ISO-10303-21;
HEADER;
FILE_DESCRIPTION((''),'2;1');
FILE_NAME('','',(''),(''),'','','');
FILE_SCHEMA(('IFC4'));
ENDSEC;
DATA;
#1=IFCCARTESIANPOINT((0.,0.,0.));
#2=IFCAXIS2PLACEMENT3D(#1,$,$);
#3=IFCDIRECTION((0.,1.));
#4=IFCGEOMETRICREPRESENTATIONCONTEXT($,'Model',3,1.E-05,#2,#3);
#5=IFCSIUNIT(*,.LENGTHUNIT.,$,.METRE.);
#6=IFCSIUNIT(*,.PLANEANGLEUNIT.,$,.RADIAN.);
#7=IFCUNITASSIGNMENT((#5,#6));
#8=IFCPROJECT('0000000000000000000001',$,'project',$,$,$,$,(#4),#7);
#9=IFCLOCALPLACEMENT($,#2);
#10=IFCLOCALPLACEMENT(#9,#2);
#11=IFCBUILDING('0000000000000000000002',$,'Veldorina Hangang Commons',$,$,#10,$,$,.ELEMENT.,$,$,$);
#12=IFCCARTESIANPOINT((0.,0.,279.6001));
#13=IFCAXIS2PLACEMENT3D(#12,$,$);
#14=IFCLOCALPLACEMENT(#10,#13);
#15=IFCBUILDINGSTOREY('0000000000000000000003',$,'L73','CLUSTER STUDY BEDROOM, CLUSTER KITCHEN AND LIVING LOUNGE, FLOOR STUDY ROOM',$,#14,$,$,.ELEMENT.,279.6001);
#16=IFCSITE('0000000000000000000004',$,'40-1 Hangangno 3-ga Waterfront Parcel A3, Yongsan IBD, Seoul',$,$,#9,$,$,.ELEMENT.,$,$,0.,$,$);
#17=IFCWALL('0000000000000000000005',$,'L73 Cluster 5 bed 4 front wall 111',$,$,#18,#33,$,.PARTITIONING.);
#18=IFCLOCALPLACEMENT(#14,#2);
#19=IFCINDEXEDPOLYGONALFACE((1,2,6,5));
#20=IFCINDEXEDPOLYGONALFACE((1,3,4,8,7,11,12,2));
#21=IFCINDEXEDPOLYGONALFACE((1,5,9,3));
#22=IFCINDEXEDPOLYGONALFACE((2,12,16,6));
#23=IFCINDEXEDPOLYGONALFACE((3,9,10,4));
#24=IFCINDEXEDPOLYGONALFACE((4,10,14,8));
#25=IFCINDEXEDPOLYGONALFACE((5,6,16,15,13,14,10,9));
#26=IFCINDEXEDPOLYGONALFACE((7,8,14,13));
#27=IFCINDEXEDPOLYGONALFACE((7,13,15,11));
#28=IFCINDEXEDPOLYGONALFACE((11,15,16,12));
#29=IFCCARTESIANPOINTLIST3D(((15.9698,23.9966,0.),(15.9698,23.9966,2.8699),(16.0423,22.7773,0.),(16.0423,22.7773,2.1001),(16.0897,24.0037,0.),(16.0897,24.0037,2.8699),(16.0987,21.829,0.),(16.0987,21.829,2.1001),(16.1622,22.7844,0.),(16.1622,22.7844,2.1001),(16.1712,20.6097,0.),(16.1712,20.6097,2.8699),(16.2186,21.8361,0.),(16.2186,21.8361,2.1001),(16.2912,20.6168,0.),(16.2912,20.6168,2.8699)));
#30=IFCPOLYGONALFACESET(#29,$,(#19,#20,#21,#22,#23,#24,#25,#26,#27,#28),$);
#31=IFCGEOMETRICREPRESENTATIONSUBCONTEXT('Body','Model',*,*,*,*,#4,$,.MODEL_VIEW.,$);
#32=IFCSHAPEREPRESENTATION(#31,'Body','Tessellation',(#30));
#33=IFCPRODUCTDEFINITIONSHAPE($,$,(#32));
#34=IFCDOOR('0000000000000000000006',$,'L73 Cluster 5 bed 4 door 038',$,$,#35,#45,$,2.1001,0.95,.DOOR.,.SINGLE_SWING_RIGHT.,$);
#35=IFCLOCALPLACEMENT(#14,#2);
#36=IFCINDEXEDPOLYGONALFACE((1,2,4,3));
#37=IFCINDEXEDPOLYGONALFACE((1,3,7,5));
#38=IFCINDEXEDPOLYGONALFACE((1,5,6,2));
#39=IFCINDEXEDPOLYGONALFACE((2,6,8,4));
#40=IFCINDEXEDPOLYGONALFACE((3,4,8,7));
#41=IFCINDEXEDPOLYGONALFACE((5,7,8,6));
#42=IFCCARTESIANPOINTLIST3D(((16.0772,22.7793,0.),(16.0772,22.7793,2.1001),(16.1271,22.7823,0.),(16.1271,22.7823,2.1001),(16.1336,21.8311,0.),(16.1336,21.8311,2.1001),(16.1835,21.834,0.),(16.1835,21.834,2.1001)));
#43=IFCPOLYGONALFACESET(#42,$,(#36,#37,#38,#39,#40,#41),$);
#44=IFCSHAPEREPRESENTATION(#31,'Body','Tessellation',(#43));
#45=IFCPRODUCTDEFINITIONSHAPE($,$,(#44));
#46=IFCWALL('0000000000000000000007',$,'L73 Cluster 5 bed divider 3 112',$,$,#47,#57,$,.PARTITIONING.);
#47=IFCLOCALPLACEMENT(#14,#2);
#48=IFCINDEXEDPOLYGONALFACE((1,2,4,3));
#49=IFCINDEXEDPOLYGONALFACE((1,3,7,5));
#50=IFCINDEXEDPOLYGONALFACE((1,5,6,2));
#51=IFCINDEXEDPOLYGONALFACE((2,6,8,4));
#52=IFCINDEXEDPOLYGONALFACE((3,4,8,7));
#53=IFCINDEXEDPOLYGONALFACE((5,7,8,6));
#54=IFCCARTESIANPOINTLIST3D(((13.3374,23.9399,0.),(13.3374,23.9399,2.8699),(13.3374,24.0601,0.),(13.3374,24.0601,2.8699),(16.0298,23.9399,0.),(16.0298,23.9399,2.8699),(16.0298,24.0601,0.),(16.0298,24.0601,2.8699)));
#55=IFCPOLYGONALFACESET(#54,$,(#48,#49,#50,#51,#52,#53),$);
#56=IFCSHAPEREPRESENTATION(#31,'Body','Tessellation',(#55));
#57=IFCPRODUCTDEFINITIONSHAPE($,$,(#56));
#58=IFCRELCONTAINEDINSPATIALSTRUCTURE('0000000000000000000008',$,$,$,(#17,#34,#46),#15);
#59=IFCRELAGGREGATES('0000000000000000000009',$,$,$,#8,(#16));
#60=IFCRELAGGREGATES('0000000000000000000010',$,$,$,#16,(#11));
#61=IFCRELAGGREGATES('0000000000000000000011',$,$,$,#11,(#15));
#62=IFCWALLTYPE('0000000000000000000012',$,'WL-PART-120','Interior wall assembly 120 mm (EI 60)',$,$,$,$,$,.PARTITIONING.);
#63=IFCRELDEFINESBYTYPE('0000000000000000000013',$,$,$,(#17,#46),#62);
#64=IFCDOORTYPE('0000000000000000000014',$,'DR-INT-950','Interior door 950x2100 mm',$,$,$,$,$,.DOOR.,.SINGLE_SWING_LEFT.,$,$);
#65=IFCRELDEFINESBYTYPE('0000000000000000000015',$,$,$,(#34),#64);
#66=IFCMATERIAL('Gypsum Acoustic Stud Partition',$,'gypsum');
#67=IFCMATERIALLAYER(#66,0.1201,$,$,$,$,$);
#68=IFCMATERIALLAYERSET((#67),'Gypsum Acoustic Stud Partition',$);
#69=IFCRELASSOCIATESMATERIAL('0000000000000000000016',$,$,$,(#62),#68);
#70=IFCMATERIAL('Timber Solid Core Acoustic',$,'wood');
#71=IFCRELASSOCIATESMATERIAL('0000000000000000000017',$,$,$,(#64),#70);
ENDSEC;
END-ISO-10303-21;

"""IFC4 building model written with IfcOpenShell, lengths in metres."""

from ifc_helpers import new_model, si_unit, direction, frame, frame_2d, origin, place, context, subcontext, project, spatial, rectangle, extrude, material, layer, layer_set, type_object, element, fill, save


model = new_model("IFC4")

# Units and contexts
model_context = context("Model", 3, precision=1e-05, world=origin(), true_north=direction((0.0, 1.0)))
body_context = subcontext(model_context, "Body", "Model", "MODEL_VIEW")
ifc_project = project(units=[si_unit("LENGTHUNIT", "METRE"), si_unit("PLANEANGLEUNIT", "RADIAN")], contexts=[model_context])

# Site, building, storey
site_placement = place(None, origin())
site = spatial("IfcSite", under=ifc_project, at=site_placement, Name="40-1 Hangangno 3-ga Waterfront Parcel A3, Yongsan IBD, Seoul", CompositionType="ELEMENT", RefElevation=0.0)
building_placement = place(site_placement, origin())
building = spatial("IfcBuilding", under=site, at=building_placement, Name="Veldorina Hangang Commons", CompositionType="ELEMENT")
storey_placement = place(building_placement, frame((0.0, 0.0, 279.6001)))
storey = spatial("IfcBuildingStorey", under=building, at=storey_placement, Name="L73", Description="CLUSTER STUDY BEDROOM, CLUSTER KITCHEN AND LIVING LOUNGE, FLOOR STUDY ROOM", CompositionType="ELEMENT", Elevation=279.6001)

# Shared definitions
ifc_material_1 = material(Name="Gypsum Acoustic Stud Partition", Category="gypsum")
ifc_layer_1 = layer(ifc_material_1, 0.1201)
ifc_layer_set_1 = layer_set([ifc_layer_1], Name="Gypsum Acoustic Stud Partition")
wall_type_1 = type_object("IfcWallType", Name="WL-PART-120", Description="Interior wall assembly 120 mm (EI 60)", PredefinedType="PARTITIONING", material=ifc_layer_set_1)
ifc_material_2 = material(Name="Timber Solid Core Acoustic", Category="wood")
door_type = type_object("IfcDoorType", Name="DR-INT-950", Description="Interior door 950x2100 mm", OperationType="SINGLE_SWING_LEFT", PredefinedType="DOOR", material=ifc_material_2)

# Wall, opening, door
wall_1_placement = place(storey_placement, frame((16.0298, 24.0, 0.0), z_axis=(0.0, 0.0, 1.0), x_axis=(0.059367, -0.998236, 0.0)))
wall_1 = element("IfcWall", 1, at=wall_1_placement, inside=storey, type_object=wall_type_1, Name="L73 Cluster 5 bed 4 front wall 111", PredefinedType="PARTITIONING", context=body_context, shape_type="SweptSolid", body=[
    extrude(rectangle(XDim=3.3928, YDim=0.1201, at=frame_2d((1.6963, 0.0))), origin(), (0.0, 0.0, 1.0), 2.8699),
])
opening_1_placement = place(wall_1_placement, frame((1.2212, 0.0, 0.0)))
opening_1 = element("IfcOpeningElement", 2, at=opening_1_placement, cuts=wall_1, PredefinedType="OPENING", context=body_context, shape_type="SweptSolid", body=[
    extrude(rectangle(XDim=0.95, YDim=2.1001, at=frame_2d((0.4751, 1.05))), frame((0.0, 0.0701, 0.0), z_axis=(0.0, -1.0, 0.0), x_axis=(1.0, 0.0, 0.0)), (0.0, 0.0, 1.0), 0.1401),
])
door_1_placement = place(opening_1_placement, origin())
door_1 = element("IfcDoor", 3, at=door_1_placement, inside=storey, type_object=door_type, Name="L73 Cluster 5 bed 4 door 038", OperationType="SINGLE_SWING_RIGHT", OverallHeight=2.1001, OverallWidth=0.95, PredefinedType="DOOR", context=body_context, shape_type="SweptSolid", body=[
    extrude(rectangle(XDim=0.95, YDim=2.1001, at=frame_2d((0.4751, 1.05))), frame((0.0, 0.0249, 0.0), z_axis=(0.0, -1.0, 0.0), x_axis=(1.0, 0.0, 0.0)), (0.0, 0.0, 1.0), 0.05),
])
fill(opening_1, door_1)

# Wall
wall_2_placement = place(storey_placement, frame((16.0298, 24.0, 0.0), z_axis=(0.0, 0.0, 1.0), x_axis=(-1.0, 0.0, 0.0)))
element("IfcWall", 4, at=wall_2_placement, inside=storey, type_object=wall_type_1, Name="L73 Cluster 5 bed divider 3 112", PredefinedType="PARTITIONING", context=body_context, shape_type="SweptSolid", body=[
    extrude(rectangle(XDim=2.6924, YDim=0.1201, at=frame_2d((1.3462, 0.0))), origin(), (0.0, 0.0, 1.0), 2.8699),
])

save(model, "model.ifc")
